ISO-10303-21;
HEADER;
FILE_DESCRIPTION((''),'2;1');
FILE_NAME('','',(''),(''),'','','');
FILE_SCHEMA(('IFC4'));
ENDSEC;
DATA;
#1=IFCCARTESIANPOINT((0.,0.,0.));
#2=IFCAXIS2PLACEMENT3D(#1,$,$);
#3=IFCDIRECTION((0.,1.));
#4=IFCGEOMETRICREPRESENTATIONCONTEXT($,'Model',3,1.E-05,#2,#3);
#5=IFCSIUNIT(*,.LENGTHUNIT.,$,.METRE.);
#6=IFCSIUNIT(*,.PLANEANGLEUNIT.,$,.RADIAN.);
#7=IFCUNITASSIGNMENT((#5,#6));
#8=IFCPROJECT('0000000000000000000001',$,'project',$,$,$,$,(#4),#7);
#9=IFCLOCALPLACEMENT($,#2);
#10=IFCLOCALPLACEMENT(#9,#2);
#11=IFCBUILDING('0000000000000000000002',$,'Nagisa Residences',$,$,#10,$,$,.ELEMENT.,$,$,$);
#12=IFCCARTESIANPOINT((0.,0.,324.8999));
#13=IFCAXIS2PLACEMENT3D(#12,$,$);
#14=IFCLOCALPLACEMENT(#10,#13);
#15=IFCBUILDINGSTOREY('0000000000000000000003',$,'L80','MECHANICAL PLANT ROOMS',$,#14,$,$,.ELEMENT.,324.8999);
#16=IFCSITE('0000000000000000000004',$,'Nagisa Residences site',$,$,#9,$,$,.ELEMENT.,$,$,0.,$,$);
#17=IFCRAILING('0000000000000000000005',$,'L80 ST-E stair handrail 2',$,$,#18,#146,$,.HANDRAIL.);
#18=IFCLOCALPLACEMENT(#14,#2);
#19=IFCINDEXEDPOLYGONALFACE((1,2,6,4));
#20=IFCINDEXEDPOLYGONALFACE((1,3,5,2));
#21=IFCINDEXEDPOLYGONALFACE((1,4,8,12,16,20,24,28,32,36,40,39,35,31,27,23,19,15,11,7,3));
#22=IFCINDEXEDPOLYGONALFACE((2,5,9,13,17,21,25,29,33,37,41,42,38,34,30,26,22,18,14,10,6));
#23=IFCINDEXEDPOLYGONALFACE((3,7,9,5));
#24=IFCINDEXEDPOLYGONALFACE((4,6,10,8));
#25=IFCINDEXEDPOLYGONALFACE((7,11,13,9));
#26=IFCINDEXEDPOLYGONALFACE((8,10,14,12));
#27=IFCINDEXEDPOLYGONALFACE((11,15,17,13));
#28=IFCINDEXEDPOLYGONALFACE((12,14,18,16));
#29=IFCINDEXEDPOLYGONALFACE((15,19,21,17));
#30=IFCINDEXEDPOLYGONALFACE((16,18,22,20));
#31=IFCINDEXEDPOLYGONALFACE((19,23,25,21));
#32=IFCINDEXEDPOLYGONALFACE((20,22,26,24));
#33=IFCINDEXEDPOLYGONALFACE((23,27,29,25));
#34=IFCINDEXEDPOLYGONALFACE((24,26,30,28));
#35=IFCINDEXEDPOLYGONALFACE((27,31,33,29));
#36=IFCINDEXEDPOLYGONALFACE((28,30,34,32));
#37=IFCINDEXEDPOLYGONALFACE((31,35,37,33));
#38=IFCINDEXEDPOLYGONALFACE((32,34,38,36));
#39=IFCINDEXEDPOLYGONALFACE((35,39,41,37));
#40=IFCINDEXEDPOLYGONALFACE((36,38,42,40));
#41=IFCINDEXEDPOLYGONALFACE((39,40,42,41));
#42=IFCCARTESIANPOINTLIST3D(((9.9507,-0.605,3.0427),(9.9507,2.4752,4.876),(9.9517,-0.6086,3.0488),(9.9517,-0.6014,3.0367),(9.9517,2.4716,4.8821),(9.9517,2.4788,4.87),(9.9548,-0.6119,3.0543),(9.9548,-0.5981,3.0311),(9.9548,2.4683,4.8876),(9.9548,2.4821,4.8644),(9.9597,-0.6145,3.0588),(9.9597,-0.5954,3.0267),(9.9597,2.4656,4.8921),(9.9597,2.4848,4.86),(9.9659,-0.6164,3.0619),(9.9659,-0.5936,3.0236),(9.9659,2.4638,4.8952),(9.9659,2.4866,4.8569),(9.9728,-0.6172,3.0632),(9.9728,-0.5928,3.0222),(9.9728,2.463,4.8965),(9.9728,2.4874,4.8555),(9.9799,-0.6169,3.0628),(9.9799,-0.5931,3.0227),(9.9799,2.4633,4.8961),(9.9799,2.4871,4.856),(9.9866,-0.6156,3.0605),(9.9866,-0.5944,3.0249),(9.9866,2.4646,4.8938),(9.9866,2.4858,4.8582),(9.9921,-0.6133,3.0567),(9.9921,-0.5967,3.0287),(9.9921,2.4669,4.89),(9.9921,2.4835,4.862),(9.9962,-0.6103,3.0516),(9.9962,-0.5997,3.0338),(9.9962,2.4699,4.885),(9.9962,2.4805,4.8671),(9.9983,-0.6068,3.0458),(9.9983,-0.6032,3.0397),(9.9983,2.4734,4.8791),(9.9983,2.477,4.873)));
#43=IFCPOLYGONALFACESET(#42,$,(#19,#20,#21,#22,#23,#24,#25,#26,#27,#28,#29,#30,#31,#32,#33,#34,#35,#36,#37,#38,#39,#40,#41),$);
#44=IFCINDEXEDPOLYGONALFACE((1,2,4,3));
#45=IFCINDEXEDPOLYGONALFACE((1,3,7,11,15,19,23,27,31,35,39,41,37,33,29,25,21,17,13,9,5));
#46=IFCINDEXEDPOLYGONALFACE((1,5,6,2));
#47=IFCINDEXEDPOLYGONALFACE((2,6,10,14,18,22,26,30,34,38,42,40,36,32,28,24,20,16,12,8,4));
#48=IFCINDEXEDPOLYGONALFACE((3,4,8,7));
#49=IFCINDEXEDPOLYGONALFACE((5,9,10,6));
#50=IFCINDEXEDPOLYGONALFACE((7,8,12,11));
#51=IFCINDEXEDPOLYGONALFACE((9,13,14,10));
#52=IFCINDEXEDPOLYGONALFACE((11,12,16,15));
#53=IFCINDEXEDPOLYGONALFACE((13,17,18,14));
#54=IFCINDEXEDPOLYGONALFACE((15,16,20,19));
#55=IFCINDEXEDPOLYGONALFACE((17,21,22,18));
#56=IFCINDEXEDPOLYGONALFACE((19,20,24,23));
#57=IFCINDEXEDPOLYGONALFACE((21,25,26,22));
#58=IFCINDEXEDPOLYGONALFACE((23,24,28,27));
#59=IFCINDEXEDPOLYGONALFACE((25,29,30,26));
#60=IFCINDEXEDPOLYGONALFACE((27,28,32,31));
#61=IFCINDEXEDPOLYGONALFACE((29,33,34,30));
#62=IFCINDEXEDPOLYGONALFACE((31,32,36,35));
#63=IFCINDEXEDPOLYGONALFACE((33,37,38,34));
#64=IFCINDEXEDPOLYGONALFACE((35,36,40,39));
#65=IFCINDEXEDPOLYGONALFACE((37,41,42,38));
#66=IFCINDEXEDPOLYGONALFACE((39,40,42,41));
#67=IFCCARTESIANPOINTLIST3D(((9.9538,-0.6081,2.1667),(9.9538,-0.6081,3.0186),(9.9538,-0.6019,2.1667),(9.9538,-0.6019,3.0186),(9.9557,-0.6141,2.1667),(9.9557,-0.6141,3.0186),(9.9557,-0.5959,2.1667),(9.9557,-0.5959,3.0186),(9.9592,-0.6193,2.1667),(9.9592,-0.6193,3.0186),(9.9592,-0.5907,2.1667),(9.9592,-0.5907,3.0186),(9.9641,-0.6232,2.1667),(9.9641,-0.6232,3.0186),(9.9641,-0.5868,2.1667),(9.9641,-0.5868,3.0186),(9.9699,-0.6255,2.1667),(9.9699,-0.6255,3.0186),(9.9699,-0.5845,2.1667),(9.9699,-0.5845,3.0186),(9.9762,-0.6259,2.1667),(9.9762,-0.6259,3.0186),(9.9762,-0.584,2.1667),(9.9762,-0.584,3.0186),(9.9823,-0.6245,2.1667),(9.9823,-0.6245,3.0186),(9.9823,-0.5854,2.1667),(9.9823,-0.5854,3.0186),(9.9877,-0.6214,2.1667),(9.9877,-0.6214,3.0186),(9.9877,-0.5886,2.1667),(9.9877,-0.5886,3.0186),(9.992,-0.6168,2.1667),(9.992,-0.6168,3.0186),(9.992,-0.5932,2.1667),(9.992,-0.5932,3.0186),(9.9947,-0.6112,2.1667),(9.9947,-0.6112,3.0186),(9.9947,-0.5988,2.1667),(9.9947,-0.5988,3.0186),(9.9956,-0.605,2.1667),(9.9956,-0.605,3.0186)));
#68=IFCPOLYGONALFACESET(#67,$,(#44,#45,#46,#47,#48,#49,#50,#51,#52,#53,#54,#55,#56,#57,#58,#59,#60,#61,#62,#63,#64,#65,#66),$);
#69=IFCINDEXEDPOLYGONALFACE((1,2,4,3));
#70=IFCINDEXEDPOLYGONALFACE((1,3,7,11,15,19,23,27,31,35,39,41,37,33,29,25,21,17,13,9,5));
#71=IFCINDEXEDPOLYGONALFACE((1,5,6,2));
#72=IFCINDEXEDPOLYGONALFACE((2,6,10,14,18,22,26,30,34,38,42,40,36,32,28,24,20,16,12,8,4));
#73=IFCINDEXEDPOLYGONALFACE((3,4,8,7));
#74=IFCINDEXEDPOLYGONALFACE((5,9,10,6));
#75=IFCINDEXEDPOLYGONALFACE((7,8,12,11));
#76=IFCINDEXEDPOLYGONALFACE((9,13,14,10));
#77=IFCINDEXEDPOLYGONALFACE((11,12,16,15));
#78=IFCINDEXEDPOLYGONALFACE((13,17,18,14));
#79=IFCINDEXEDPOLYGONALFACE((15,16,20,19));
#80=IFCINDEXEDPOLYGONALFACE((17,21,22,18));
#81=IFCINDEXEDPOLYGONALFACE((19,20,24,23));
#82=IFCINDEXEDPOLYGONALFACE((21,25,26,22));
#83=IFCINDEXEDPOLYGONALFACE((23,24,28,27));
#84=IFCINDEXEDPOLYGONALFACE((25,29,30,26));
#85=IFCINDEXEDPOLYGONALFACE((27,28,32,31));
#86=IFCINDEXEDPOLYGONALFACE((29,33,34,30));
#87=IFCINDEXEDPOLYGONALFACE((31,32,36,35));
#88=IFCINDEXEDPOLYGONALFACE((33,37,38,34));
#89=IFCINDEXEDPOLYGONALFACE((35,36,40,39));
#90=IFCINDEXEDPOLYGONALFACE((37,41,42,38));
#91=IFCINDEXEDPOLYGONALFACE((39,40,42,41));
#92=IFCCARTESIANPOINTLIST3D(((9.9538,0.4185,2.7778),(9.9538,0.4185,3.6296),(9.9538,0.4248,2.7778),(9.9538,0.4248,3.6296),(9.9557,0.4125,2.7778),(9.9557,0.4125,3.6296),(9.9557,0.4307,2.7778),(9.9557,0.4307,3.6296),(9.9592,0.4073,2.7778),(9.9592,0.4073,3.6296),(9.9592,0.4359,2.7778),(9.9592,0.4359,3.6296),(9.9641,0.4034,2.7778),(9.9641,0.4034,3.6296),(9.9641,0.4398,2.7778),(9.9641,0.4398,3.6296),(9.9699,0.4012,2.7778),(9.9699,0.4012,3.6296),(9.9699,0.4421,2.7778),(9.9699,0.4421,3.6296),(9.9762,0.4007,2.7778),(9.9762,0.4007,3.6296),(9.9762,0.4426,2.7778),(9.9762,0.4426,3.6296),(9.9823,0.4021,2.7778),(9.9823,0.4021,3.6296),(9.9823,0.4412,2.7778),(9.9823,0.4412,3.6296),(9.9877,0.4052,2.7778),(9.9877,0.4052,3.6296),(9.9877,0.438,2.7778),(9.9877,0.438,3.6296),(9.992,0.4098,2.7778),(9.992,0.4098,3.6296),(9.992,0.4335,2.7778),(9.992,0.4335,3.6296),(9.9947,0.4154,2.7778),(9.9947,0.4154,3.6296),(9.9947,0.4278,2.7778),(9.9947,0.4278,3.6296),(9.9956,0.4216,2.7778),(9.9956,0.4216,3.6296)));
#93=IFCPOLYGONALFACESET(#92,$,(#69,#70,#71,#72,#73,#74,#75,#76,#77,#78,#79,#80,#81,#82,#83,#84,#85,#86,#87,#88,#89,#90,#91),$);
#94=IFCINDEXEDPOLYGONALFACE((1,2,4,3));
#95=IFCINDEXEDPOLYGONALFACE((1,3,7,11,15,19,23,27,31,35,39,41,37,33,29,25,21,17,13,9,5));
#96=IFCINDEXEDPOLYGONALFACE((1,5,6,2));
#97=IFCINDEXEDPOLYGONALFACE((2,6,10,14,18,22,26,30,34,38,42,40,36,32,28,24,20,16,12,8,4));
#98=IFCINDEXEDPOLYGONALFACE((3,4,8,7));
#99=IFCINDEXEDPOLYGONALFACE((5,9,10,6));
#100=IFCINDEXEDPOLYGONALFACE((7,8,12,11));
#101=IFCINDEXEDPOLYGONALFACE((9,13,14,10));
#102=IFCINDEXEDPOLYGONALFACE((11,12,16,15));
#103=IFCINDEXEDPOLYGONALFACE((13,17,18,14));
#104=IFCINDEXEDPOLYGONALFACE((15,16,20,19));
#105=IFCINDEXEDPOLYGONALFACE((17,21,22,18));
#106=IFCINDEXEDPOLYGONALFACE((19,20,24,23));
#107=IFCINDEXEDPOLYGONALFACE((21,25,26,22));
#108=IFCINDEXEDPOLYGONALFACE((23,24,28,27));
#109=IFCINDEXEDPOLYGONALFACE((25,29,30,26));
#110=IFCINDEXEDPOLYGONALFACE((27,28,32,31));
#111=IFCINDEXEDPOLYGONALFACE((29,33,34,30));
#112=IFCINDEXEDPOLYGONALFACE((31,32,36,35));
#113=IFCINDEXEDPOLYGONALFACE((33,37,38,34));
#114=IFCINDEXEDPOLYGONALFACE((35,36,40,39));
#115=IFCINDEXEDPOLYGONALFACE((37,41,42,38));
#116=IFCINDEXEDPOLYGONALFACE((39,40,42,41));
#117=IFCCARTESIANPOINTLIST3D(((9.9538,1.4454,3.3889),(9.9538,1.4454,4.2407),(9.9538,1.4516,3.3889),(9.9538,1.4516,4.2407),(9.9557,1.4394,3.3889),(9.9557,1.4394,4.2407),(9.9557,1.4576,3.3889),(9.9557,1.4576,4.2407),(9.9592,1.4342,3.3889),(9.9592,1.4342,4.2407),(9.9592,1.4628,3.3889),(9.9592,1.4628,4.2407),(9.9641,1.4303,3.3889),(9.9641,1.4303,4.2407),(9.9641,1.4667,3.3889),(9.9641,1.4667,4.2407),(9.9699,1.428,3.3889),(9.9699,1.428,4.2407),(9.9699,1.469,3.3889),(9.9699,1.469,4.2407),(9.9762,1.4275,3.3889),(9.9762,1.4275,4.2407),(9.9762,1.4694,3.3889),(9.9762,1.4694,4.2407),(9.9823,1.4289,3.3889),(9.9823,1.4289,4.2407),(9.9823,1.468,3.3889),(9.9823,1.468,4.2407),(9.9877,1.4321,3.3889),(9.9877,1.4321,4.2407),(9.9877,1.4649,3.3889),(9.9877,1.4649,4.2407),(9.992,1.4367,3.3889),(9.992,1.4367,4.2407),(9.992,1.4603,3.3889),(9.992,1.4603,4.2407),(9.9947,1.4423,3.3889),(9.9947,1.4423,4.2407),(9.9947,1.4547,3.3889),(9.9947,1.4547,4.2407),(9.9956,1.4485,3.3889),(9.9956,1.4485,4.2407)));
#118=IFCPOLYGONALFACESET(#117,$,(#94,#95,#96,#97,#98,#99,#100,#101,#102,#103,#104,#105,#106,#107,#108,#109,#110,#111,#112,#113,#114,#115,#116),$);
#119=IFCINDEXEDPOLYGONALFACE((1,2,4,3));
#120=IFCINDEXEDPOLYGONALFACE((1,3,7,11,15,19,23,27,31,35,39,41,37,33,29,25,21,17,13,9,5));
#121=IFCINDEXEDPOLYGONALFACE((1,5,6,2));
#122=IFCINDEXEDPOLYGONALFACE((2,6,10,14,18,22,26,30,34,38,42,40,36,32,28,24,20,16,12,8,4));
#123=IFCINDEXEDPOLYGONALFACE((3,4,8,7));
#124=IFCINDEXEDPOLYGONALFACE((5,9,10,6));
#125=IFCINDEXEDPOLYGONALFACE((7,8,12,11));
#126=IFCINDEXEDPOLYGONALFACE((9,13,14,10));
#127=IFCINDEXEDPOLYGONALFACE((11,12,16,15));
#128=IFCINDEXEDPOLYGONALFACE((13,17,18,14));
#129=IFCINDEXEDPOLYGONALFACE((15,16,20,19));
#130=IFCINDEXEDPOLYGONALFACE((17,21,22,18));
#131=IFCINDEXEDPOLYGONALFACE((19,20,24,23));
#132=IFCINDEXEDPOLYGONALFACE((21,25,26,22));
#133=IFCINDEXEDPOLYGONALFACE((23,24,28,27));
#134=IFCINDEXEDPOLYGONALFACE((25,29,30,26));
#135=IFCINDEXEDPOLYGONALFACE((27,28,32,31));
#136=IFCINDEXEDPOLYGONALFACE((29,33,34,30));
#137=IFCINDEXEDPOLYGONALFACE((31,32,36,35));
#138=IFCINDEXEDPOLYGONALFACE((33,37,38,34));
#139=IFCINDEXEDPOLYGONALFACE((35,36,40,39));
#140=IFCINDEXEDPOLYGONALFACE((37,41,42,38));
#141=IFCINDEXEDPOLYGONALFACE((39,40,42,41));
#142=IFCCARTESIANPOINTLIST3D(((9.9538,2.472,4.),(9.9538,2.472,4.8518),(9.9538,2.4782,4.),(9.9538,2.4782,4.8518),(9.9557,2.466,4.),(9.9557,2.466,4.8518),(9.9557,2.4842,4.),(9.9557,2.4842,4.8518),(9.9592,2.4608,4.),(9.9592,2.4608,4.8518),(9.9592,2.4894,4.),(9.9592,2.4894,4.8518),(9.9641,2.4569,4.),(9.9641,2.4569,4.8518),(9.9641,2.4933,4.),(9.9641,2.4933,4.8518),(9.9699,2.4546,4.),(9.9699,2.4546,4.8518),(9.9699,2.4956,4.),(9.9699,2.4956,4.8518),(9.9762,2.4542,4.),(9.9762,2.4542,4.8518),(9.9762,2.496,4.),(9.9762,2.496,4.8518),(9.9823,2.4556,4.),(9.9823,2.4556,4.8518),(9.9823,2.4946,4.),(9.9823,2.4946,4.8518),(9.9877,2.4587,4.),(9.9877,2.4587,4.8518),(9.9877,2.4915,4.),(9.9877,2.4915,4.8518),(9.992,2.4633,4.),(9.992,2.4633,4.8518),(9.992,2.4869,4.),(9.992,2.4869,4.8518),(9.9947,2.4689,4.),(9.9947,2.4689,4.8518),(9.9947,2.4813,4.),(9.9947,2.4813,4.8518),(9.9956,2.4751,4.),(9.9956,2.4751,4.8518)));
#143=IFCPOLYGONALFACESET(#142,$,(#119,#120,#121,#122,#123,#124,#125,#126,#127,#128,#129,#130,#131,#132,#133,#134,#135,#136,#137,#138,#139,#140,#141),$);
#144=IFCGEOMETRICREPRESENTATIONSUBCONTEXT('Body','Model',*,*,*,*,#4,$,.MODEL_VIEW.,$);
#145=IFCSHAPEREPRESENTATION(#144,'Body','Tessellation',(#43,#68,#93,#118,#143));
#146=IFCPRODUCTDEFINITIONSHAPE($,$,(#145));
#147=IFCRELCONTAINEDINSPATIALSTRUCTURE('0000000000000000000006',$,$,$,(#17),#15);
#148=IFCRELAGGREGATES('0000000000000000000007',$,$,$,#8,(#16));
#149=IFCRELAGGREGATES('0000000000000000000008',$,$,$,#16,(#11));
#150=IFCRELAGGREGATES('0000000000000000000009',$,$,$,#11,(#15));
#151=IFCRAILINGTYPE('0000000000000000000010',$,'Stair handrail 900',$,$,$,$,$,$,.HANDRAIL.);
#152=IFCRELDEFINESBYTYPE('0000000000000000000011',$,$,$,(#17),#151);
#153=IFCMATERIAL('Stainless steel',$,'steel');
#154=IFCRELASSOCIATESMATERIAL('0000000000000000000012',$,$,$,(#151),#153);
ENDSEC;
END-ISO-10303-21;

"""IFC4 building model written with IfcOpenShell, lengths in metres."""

from ifc_helpers import new_model, si_unit, direction, frame, origin, origin_2d, place, context, subcontext, project, spatial, circle, extrude, material, type_object, element, save


model = new_model("IFC4")

# Units and contexts
model_context = context("Model", 3, precision=1e-05, world=origin(), true_north=direction((0.0, 1.0)))
body_context = subcontext(model_context, "Body", "Model", "MODEL_VIEW")
ifc_project = project(units=[si_unit("LENGTHUNIT", "METRE"), si_unit("PLANEANGLEUNIT", "RADIAN")], contexts=[model_context])

# Site, building, storey
site_placement = place(None, origin())
site = spatial("IfcSite", under=ifc_project, at=site_placement, Name="Nagisa Residences site", CompositionType="ELEMENT", RefElevation=0.0)
building_placement = place(site_placement, origin())
building = spatial("IfcBuilding", under=site, at=building_placement, Name="Nagisa Residences", CompositionType="ELEMENT")
storey_placement = place(building_placement, frame((0.0, 0.0, 324.8999)))
storey = spatial("IfcBuildingStorey", under=building, at=storey_placement, Name="L80", Description="MECHANICAL PLANT ROOMS", CompositionType="ELEMENT", Elevation=324.8999)

# Railing
ifc_material_1 = material(Name="Stainless steel", Category="steel")
railing_type_1 = type_object("IfcRailingType", Name="Stair handrail 900", PredefinedType="HANDRAIL", material=ifc_material_1)
railing_1_placement = place(storey_placement, frame((9.9746, -0.605, 2.1667)))
element("IfcRailing", 1, at=railing_1_placement, inside=storey, type_object=railing_type_1, Name="L80 ST-E stair handrail 2", PredefinedType="HANDRAIL", context=body_context, shape_type="SweptSolid", body=[
    extrude(circle(Radius=0.0239, at=origin_2d()), frame((0.0, 0.0, 0.876), z_axis=(0.0, 0.859309, 0.511458), x_axis=(-1.0, 0.0, 0.0)), (0.0, 0.0, 1.0), 3.5845),
    extrude(circle(Radius=0.021, at=origin_2d()), origin(), (0.0, 0.0, 1.0), 0.8518),
    extrude(circle(Radius=0.021, at=origin_2d()), frame((0.0, 1.0266, 0.6111)), (0.0, 0.0, 1.0), 0.8518),
    extrude(circle(Radius=0.021, at=origin_2d()), frame((0.0, 2.0535, 1.2222)), (0.0, 0.0, 1.0), 0.8518),
    extrude(circle(Radius=0.021, at=origin_2d()), frame((0.0, 3.0801, 1.8333)), (0.0, 0.0, 1.0), 0.8518),
])

save(model, "model.ifc")
